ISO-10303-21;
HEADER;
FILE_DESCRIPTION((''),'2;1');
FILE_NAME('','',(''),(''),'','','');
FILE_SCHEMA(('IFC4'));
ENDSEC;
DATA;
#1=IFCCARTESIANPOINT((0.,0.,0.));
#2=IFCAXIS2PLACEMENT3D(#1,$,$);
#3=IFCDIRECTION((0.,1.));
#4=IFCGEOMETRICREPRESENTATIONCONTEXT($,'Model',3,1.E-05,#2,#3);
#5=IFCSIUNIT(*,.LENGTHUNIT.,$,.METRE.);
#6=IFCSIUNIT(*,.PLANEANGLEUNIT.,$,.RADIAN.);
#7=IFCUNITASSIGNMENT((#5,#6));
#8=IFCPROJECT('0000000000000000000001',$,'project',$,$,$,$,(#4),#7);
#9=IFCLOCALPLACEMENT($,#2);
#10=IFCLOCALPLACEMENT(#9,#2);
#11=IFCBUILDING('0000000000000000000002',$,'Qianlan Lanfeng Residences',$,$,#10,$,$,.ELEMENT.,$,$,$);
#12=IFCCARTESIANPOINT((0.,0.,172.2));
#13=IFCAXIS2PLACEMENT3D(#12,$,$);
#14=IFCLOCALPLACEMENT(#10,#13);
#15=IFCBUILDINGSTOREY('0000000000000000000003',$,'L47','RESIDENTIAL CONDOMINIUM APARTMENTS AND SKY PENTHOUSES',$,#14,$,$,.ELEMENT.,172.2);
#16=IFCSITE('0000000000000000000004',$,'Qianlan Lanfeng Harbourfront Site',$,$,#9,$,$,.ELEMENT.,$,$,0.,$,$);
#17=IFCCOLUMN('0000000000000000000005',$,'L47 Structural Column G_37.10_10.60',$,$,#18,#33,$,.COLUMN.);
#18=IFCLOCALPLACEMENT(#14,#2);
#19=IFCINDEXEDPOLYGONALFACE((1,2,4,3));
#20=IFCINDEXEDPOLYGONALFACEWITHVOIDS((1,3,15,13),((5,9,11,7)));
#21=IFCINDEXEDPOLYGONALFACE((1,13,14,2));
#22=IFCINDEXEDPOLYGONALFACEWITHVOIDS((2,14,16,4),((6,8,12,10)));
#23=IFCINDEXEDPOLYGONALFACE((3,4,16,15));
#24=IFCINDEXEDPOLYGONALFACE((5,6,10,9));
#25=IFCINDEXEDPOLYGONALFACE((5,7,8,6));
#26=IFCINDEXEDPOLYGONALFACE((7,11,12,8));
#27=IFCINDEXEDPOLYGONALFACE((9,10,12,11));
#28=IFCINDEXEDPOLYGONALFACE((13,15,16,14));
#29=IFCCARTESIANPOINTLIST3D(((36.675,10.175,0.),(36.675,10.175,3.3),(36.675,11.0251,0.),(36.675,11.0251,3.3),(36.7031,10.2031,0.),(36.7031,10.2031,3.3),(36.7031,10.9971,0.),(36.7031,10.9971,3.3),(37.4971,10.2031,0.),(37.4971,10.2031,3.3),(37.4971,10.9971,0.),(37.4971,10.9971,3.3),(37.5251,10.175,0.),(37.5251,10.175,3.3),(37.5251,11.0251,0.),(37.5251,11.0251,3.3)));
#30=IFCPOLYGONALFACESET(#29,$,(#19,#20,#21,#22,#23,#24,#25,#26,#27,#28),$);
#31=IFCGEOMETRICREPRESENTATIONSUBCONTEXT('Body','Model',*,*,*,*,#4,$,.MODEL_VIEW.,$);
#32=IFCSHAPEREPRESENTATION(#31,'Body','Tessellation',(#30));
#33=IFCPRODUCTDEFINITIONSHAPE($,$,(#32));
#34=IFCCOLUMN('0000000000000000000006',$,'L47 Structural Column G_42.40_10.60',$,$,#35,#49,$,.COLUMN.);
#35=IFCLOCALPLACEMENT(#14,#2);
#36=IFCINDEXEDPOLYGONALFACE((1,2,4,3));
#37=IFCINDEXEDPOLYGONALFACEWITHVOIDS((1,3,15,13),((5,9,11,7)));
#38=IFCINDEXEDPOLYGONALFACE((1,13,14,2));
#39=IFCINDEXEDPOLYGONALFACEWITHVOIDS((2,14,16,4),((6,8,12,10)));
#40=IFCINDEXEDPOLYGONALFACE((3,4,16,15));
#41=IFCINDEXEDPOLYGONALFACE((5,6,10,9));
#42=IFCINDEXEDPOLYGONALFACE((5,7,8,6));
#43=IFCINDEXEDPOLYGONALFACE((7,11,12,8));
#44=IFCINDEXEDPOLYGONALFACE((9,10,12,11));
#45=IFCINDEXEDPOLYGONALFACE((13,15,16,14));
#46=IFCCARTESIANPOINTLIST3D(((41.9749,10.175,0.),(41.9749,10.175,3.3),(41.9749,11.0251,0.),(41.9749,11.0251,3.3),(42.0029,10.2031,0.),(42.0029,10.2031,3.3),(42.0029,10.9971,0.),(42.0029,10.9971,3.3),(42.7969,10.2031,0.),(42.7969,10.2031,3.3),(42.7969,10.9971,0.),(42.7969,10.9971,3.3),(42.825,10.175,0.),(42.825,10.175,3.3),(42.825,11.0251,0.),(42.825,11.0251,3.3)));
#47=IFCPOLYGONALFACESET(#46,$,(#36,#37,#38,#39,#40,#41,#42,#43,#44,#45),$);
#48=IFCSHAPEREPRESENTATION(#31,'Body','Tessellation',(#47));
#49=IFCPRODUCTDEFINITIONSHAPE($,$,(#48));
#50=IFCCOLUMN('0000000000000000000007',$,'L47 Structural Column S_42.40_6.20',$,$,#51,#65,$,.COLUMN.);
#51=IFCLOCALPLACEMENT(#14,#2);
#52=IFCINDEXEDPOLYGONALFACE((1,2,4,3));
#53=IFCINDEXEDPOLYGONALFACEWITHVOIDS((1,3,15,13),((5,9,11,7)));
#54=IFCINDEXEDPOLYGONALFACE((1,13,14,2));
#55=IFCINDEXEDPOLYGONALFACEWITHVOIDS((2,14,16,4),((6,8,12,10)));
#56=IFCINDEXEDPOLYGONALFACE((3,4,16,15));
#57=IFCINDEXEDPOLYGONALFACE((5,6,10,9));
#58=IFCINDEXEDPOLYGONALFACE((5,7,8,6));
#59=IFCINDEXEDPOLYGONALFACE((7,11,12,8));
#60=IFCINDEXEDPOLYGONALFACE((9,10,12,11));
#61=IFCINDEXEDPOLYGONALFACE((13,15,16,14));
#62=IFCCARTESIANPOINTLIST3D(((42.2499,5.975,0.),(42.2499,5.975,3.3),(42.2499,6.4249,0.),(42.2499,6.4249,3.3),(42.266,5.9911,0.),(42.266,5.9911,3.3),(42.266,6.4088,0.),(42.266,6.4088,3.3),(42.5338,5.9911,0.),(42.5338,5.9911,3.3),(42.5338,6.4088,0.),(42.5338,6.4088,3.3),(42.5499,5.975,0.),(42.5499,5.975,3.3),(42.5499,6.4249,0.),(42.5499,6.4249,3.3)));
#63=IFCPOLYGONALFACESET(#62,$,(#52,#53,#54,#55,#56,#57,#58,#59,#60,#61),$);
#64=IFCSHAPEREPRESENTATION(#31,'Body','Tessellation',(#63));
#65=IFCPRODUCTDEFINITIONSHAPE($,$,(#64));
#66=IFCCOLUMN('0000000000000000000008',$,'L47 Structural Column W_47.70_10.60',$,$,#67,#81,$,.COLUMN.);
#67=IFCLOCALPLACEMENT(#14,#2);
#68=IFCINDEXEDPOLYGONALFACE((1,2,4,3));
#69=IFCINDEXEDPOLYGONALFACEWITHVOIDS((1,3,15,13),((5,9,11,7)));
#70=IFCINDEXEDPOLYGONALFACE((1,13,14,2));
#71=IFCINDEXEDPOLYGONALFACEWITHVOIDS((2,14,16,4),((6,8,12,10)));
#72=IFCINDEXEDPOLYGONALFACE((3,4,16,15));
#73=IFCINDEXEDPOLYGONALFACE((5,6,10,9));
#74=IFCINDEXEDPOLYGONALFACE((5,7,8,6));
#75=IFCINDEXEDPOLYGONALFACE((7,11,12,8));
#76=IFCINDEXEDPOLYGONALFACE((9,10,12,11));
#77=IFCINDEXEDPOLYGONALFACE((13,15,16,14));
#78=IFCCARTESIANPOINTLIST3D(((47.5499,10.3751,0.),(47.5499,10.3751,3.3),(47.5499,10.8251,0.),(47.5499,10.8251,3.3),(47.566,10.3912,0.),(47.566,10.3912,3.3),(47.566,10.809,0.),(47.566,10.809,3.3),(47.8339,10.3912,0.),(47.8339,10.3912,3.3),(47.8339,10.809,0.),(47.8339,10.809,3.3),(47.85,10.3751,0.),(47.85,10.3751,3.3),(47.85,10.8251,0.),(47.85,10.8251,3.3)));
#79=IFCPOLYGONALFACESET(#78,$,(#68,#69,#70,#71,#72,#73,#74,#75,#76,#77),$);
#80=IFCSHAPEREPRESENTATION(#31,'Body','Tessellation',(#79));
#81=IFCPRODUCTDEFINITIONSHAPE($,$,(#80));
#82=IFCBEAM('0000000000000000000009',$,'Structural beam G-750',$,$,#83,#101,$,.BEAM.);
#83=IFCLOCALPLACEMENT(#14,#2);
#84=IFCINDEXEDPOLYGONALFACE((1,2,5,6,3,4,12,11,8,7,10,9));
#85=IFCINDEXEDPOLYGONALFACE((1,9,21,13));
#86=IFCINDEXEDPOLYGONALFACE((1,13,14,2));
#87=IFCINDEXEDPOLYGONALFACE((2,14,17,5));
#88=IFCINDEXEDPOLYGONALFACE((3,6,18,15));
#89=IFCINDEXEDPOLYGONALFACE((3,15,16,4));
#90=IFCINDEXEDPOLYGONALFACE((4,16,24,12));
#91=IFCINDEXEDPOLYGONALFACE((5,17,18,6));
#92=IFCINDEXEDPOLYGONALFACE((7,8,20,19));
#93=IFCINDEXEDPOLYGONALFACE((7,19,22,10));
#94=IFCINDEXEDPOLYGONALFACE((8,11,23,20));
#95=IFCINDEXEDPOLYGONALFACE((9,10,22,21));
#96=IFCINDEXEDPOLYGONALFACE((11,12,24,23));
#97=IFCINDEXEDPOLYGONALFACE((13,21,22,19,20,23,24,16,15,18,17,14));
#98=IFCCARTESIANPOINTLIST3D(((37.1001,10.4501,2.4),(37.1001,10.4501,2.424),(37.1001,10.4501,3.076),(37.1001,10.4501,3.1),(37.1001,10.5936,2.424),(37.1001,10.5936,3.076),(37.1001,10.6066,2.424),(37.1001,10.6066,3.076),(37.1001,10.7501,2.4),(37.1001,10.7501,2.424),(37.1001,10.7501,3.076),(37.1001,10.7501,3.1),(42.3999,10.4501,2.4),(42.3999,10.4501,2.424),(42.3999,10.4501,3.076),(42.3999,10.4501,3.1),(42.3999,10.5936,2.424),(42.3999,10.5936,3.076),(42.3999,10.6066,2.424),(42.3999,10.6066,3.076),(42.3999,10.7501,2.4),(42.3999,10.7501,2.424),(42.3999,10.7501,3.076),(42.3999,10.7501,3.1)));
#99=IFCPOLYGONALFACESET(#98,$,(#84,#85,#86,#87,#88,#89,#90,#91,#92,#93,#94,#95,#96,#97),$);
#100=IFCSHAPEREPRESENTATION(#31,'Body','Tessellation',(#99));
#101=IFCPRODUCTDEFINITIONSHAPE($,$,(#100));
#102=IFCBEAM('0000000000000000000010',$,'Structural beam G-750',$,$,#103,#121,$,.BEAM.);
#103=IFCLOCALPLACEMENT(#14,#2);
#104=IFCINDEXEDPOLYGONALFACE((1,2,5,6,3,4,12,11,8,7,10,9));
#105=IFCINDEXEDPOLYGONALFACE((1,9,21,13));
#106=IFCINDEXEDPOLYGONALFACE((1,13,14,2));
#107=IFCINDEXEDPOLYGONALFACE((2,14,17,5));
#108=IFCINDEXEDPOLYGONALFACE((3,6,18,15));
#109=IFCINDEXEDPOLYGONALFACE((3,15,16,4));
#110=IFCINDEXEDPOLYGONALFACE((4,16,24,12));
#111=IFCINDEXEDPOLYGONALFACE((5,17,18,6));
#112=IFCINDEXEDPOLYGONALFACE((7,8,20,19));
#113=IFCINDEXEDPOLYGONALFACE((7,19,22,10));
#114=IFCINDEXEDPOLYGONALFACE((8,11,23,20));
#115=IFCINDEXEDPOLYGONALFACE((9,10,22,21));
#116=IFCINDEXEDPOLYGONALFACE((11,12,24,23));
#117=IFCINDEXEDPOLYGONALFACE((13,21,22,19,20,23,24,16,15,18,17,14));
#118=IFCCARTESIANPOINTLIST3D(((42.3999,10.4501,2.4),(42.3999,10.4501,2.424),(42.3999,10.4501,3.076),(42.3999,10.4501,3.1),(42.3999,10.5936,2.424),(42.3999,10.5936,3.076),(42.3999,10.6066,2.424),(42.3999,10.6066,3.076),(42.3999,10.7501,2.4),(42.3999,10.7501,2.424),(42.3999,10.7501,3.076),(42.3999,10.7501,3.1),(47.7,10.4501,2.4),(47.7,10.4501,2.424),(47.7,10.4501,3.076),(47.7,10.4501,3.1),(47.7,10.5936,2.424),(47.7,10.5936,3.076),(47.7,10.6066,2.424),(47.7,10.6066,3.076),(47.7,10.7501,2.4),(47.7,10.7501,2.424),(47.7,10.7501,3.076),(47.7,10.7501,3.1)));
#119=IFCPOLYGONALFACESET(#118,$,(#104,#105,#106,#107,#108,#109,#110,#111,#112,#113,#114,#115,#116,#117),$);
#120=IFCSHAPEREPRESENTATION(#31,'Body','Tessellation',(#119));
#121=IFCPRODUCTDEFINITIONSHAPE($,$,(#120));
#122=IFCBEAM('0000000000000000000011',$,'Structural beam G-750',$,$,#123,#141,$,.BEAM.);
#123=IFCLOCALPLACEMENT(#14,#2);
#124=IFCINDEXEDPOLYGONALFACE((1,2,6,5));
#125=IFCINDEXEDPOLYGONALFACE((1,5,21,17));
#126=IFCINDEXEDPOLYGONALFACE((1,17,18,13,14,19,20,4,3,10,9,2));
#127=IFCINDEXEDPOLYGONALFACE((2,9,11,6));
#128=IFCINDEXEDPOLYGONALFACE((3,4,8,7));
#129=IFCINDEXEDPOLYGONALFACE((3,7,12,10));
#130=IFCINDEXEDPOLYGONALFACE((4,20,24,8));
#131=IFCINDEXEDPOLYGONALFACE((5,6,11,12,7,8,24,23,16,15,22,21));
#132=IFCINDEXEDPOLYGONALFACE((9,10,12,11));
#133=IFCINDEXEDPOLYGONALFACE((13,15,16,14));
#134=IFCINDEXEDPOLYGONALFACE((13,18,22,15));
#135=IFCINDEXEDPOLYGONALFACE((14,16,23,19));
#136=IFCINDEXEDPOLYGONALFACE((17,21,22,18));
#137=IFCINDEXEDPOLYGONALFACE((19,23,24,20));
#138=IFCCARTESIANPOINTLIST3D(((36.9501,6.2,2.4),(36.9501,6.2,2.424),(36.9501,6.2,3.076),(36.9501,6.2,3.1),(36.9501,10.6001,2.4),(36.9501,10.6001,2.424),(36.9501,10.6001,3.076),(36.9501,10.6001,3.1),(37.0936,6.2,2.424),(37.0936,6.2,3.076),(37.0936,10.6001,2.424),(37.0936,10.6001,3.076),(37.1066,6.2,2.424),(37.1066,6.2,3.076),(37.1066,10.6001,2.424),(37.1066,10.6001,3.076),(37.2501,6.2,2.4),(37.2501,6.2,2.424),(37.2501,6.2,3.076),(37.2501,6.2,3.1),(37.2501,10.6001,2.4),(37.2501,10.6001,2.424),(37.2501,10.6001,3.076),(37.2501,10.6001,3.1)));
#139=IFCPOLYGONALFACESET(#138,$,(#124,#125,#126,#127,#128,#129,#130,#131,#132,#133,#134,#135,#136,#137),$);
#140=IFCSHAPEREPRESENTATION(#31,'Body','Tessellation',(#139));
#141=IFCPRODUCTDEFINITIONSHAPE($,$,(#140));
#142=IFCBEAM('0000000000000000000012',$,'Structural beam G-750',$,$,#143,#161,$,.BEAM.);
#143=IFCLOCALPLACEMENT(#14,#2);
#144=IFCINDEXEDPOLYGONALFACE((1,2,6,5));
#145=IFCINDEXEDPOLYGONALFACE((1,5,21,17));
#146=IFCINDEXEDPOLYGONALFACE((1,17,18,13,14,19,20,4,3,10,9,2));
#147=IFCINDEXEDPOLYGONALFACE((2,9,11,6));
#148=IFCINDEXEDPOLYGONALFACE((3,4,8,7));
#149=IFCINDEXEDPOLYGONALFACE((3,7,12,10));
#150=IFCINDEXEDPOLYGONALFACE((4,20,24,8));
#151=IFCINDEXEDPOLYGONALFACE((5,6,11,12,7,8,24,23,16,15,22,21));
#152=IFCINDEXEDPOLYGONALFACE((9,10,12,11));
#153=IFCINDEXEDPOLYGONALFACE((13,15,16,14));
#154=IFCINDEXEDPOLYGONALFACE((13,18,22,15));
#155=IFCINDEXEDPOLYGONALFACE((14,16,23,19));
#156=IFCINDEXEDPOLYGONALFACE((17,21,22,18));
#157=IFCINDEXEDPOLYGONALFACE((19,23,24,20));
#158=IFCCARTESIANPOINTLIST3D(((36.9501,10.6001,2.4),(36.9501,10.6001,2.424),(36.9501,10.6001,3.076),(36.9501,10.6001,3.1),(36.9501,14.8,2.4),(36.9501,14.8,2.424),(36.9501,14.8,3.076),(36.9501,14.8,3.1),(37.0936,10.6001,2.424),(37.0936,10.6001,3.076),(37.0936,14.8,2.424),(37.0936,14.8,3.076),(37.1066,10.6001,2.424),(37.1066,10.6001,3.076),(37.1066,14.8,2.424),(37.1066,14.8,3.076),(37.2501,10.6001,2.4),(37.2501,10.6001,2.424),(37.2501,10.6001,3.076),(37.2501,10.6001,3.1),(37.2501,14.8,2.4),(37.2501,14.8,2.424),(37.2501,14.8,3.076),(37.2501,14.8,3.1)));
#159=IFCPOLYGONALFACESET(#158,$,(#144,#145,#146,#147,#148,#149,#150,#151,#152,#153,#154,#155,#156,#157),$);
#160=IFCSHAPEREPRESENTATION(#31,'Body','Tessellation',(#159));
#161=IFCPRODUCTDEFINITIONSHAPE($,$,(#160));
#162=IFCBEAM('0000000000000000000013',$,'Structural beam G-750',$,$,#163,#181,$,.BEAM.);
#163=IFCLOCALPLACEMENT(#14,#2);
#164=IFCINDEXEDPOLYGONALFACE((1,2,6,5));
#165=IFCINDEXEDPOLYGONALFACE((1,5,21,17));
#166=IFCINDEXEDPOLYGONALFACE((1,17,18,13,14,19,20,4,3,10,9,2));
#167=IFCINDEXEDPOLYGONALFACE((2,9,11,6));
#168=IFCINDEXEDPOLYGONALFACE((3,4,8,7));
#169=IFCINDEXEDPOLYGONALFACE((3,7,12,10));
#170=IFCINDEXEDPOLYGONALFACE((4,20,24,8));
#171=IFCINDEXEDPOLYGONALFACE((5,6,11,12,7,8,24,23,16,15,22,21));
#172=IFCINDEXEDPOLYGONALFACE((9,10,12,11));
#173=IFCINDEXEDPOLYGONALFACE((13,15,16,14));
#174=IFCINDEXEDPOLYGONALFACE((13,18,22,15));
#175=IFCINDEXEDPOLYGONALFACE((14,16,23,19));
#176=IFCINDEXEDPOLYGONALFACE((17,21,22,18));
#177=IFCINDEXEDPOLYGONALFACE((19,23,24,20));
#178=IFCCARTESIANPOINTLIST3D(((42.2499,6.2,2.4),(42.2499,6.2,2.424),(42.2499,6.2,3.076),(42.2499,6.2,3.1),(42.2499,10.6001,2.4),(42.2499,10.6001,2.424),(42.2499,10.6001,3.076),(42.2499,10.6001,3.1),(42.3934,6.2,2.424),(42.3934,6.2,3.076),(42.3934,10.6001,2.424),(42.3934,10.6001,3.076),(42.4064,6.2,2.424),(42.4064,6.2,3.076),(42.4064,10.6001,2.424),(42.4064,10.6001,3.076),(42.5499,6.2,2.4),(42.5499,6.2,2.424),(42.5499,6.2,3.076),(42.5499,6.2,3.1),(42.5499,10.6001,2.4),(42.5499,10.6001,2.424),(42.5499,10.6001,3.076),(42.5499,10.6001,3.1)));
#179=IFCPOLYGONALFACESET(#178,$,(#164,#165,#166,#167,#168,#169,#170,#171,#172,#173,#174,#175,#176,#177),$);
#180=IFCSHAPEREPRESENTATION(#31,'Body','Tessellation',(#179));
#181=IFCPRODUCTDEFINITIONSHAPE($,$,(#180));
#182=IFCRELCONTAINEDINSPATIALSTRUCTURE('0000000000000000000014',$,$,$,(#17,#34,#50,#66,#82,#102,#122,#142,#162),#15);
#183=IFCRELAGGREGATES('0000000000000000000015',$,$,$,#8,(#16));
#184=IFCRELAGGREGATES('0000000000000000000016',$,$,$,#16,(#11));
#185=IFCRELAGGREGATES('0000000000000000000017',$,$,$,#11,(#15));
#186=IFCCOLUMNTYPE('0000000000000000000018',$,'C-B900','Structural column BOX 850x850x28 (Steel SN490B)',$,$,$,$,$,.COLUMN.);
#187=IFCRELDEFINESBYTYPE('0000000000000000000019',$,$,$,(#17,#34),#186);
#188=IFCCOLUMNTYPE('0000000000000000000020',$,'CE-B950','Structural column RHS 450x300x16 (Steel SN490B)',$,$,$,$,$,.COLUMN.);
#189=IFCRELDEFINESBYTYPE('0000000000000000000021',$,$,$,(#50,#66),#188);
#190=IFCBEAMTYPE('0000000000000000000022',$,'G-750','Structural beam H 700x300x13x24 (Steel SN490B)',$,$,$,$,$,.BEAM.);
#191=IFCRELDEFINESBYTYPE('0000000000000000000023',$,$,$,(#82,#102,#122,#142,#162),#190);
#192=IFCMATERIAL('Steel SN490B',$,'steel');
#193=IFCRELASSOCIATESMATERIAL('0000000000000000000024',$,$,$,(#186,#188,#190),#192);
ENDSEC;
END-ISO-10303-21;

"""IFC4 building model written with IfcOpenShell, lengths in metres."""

from ifc_helpers import new_model, si_unit, direction, frame, origin, origin_2d, place, context, subcontext, project, spatial, hollow_rectangle, i_section, extrude, material, material_profile, profile_set, type_object, element, save


model = new_model("IFC4")

# Units and contexts
model_context = context("Model", 3, precision=1e-05, world=origin(), true_north=direction((0.0, 1.0)))
body_context = subcontext(model_context, "Body", "Model", "MODEL_VIEW")
ifc_project = project(units=[si_unit("LENGTHUNIT", "METRE"), si_unit("PLANEANGLEUNIT", "RADIAN")], contexts=[model_context])

# Site, building, storey
site_placement = place(None, origin())
site = spatial("IfcSite", under=ifc_project, at=site_placement, Name="Qianlan Lanfeng Harbourfront Site", CompositionType="ELEMENT", RefElevation=0.0)
building_placement = place(site_placement, origin())
building = spatial("IfcBuilding", under=site, at=building_placement, Name="Qianlan Lanfeng Residences", CompositionType="ELEMENT")
storey_placement = place(building_placement, frame((0.0, 0.0, 172.2)))
storey = spatial("IfcBuildingStorey", under=building, at=storey_placement, Name="L47", Description="RESIDENTIAL CONDOMINIUM APARTMENTS AND SKY PENTHOUSES", CompositionType="ELEMENT", Elevation=172.2)

# Columns
ifc_material_1 = material(Name="Steel SN490B", Category="steel")
ifc_material_profile_1 = material_profile(ifc_material_1, hollow_rectangle(XDim=0.8501, YDim=0.8501, WallThickness=0.0281, at=origin_2d()), Name="BOX 850x850x28")
ifc_profile_set_1 = profile_set([ifc_material_profile_1], Name="Steel SN490B")
column_type_1 = type_object("IfcColumnType", Name="C-B900", Description="Structural column BOX 850x850x28 (Steel SN490B)", PredefinedType="COLUMN", material=ifc_profile_set_1)
for number, where, z_axis, x_axis, name in (
    (1, (37.1001, 10.6001, 0.0), (0.0, 0.0, 1.0), (1.0, 0.0, 0.0), "L47 Structural Column G_37.10_10.60"),
    (2, (42.3999, 10.6001, 0.0), (0.0, 0.0, 1.0), (1.0, 0.0, 0.0), "L47 Structural Column G_42.40_10.60"),
):
    element("IfcColumn", number, at=place(storey_placement, frame(where, z_axis=z_axis, x_axis=x_axis)), inside=storey, type_object=column_type_1, Name=name, PredefinedType="COLUMN", context=body_context, shape_type="SweptSolid", body=[
        extrude(hollow_rectangle(XDim=0.8501, YDim=0.8501, WallThickness=0.0281, at=origin_2d()), origin(), (0.0, 0.0, 1.0), 3.3),
    ])
ifc_material_profile_2 = material_profile(ifc_material_1, hollow_rectangle(XDim=0.3, YDim=0.45, WallThickness=0.0161, at=origin_2d()), Name="RHS 450x300x16")
ifc_profile_set_2 = profile_set([ifc_material_profile_2], Name="Steel SN490B")
column_type_2 = type_object("IfcColumnType", Name="CE-B950", Description="Structural column RHS 450x300x16 (Steel SN490B)", PredefinedType="COLUMN", material=ifc_profile_set_2)
for number, where, z_axis, x_axis, name in (
    (3, (42.3999, 6.2, 0.0), (0.0, 0.0, 1.0), (1.0, 0.0, 0.0), "L47 Structural Column S_42.40_6.20"),
    (4, (47.7, 10.6001, 0.0), (0.0, 0.0, 1.0), (1.0, 0.0, 0.0), "L47 Structural Column W_47.70_10.60"),
):
    element("IfcColumn", number, at=place(storey_placement, frame(where, z_axis=z_axis, x_axis=x_axis)), inside=storey, type_object=column_type_2, Name=name, PredefinedType="COLUMN", context=body_context, shape_type="SweptSolid", body=[
        extrude(hollow_rectangle(XDim=0.3, YDim=0.45, WallThickness=0.0161, at=origin_2d()), origin(), (0.0, 0.0, 1.0), 3.3),
    ])

# Beams
ifc_material_profile_3 = material_profile(ifc_material_1, i_section(OverallWidth=0.3, OverallDepth=0.7, WebThickness=0.0129, FlangeThickness=0.0239, at=origin_2d()), Name="H 700x300x13x24")
ifc_profile_set_3 = profile_set([ifc_material_profile_3], Name="Steel SN490B")
beam_type_1 = type_object("IfcBeamType", Name="G-750", Description="Structural beam H 700x300x13x24 (Steel SN490B)", PredefinedType="BEAM", material=ifc_profile_set_3)
beam_1_placement = place(storey_placement, frame((37.1001, 10.6001, 2.75), z_axis=(1.0, 0.0, 0.0), x_axis=(0.0, 1.0, 0.0)))
element("IfcBeam", 5, at=beam_1_placement, inside=storey, type_object=beam_type_1, Name="Structural beam G-750", PredefinedType="BEAM", context=body_context, shape_type="SweptSolid", body=[
    extrude(i_section(OverallWidth=0.3, OverallDepth=0.7, WebThickness=0.0129, FlangeThickness=0.0239, at=origin_2d()), origin(), (0.0, 0.0, 1.0), 5.2998),
])
beam_2_placement = place(storey_placement, frame((42.3999, 10.6001, 2.75), z_axis=(1.0, 0.0, 0.0), x_axis=(0.0, 1.0, 0.0)))
element("IfcBeam", 6, at=beam_2_placement, inside=storey, type_object=beam_type_1, Name="Structural beam G-750", PredefinedType="BEAM", context=body_context, shape_type="SweptSolid", body=[
    extrude(i_section(OverallWidth=0.3, OverallDepth=0.7, WebThickness=0.0129, FlangeThickness=0.0239, at=origin_2d()), origin(), (0.0, 0.0, 1.0), 5.3),
])
beam_3_placement = place(storey_placement, frame((37.1001, 6.2, 2.75), z_axis=(0.0, 1.0, 0.0), x_axis=(-1.0, 0.0, 0.0)))
element("IfcBeam", 7, at=beam_3_placement, inside=storey, type_object=beam_type_1, Name="Structural beam G-750", PredefinedType="BEAM", context=body_context, shape_type="SweptSolid", body=[
    extrude(i_section(OverallWidth=0.3, OverallDepth=0.7, WebThickness=0.0129, FlangeThickness=0.0239, at=origin_2d()), origin(), (0.0, 0.0, 1.0), 4.4001),
])
beam_4_placement = place(storey_placement, frame((37.1001, 10.6001, 2.75), z_axis=(0.0, 1.0, 0.0), x_axis=(-1.0, 0.0, 0.0)))
element("IfcBeam", 8, at=beam_4_placement, inside=storey, type_object=beam_type_1, Name="Structural beam G-750", PredefinedType="BEAM", context=body_context, shape_type="SweptSolid", body=[
    extrude(i_section(OverallWidth=0.3, OverallDepth=0.7, WebThickness=0.0129, FlangeThickness=0.0239, at=origin_2d()), origin(), (0.0, 0.0, 1.0), 4.2),
])
beam_5_placement = place(storey_placement, frame((42.3999, 6.2, 2.75), z_axis=(0.0, 1.0, 0.0), x_axis=(-1.0, 0.0, 0.0)))
element("IfcBeam", 9, at=beam_5_placement, inside=storey, type_object=beam_type_1, Name="Structural beam G-750", PredefinedType="BEAM", context=body_context, shape_type="SweptSolid", body=[
    extrude(i_section(OverallWidth=0.3, OverallDepth=0.7, WebThickness=0.0129, FlangeThickness=0.0239, at=origin_2d()), origin(), (0.0, 0.0, 1.0), 4.4001),
])

save(model, "model.ifc")
